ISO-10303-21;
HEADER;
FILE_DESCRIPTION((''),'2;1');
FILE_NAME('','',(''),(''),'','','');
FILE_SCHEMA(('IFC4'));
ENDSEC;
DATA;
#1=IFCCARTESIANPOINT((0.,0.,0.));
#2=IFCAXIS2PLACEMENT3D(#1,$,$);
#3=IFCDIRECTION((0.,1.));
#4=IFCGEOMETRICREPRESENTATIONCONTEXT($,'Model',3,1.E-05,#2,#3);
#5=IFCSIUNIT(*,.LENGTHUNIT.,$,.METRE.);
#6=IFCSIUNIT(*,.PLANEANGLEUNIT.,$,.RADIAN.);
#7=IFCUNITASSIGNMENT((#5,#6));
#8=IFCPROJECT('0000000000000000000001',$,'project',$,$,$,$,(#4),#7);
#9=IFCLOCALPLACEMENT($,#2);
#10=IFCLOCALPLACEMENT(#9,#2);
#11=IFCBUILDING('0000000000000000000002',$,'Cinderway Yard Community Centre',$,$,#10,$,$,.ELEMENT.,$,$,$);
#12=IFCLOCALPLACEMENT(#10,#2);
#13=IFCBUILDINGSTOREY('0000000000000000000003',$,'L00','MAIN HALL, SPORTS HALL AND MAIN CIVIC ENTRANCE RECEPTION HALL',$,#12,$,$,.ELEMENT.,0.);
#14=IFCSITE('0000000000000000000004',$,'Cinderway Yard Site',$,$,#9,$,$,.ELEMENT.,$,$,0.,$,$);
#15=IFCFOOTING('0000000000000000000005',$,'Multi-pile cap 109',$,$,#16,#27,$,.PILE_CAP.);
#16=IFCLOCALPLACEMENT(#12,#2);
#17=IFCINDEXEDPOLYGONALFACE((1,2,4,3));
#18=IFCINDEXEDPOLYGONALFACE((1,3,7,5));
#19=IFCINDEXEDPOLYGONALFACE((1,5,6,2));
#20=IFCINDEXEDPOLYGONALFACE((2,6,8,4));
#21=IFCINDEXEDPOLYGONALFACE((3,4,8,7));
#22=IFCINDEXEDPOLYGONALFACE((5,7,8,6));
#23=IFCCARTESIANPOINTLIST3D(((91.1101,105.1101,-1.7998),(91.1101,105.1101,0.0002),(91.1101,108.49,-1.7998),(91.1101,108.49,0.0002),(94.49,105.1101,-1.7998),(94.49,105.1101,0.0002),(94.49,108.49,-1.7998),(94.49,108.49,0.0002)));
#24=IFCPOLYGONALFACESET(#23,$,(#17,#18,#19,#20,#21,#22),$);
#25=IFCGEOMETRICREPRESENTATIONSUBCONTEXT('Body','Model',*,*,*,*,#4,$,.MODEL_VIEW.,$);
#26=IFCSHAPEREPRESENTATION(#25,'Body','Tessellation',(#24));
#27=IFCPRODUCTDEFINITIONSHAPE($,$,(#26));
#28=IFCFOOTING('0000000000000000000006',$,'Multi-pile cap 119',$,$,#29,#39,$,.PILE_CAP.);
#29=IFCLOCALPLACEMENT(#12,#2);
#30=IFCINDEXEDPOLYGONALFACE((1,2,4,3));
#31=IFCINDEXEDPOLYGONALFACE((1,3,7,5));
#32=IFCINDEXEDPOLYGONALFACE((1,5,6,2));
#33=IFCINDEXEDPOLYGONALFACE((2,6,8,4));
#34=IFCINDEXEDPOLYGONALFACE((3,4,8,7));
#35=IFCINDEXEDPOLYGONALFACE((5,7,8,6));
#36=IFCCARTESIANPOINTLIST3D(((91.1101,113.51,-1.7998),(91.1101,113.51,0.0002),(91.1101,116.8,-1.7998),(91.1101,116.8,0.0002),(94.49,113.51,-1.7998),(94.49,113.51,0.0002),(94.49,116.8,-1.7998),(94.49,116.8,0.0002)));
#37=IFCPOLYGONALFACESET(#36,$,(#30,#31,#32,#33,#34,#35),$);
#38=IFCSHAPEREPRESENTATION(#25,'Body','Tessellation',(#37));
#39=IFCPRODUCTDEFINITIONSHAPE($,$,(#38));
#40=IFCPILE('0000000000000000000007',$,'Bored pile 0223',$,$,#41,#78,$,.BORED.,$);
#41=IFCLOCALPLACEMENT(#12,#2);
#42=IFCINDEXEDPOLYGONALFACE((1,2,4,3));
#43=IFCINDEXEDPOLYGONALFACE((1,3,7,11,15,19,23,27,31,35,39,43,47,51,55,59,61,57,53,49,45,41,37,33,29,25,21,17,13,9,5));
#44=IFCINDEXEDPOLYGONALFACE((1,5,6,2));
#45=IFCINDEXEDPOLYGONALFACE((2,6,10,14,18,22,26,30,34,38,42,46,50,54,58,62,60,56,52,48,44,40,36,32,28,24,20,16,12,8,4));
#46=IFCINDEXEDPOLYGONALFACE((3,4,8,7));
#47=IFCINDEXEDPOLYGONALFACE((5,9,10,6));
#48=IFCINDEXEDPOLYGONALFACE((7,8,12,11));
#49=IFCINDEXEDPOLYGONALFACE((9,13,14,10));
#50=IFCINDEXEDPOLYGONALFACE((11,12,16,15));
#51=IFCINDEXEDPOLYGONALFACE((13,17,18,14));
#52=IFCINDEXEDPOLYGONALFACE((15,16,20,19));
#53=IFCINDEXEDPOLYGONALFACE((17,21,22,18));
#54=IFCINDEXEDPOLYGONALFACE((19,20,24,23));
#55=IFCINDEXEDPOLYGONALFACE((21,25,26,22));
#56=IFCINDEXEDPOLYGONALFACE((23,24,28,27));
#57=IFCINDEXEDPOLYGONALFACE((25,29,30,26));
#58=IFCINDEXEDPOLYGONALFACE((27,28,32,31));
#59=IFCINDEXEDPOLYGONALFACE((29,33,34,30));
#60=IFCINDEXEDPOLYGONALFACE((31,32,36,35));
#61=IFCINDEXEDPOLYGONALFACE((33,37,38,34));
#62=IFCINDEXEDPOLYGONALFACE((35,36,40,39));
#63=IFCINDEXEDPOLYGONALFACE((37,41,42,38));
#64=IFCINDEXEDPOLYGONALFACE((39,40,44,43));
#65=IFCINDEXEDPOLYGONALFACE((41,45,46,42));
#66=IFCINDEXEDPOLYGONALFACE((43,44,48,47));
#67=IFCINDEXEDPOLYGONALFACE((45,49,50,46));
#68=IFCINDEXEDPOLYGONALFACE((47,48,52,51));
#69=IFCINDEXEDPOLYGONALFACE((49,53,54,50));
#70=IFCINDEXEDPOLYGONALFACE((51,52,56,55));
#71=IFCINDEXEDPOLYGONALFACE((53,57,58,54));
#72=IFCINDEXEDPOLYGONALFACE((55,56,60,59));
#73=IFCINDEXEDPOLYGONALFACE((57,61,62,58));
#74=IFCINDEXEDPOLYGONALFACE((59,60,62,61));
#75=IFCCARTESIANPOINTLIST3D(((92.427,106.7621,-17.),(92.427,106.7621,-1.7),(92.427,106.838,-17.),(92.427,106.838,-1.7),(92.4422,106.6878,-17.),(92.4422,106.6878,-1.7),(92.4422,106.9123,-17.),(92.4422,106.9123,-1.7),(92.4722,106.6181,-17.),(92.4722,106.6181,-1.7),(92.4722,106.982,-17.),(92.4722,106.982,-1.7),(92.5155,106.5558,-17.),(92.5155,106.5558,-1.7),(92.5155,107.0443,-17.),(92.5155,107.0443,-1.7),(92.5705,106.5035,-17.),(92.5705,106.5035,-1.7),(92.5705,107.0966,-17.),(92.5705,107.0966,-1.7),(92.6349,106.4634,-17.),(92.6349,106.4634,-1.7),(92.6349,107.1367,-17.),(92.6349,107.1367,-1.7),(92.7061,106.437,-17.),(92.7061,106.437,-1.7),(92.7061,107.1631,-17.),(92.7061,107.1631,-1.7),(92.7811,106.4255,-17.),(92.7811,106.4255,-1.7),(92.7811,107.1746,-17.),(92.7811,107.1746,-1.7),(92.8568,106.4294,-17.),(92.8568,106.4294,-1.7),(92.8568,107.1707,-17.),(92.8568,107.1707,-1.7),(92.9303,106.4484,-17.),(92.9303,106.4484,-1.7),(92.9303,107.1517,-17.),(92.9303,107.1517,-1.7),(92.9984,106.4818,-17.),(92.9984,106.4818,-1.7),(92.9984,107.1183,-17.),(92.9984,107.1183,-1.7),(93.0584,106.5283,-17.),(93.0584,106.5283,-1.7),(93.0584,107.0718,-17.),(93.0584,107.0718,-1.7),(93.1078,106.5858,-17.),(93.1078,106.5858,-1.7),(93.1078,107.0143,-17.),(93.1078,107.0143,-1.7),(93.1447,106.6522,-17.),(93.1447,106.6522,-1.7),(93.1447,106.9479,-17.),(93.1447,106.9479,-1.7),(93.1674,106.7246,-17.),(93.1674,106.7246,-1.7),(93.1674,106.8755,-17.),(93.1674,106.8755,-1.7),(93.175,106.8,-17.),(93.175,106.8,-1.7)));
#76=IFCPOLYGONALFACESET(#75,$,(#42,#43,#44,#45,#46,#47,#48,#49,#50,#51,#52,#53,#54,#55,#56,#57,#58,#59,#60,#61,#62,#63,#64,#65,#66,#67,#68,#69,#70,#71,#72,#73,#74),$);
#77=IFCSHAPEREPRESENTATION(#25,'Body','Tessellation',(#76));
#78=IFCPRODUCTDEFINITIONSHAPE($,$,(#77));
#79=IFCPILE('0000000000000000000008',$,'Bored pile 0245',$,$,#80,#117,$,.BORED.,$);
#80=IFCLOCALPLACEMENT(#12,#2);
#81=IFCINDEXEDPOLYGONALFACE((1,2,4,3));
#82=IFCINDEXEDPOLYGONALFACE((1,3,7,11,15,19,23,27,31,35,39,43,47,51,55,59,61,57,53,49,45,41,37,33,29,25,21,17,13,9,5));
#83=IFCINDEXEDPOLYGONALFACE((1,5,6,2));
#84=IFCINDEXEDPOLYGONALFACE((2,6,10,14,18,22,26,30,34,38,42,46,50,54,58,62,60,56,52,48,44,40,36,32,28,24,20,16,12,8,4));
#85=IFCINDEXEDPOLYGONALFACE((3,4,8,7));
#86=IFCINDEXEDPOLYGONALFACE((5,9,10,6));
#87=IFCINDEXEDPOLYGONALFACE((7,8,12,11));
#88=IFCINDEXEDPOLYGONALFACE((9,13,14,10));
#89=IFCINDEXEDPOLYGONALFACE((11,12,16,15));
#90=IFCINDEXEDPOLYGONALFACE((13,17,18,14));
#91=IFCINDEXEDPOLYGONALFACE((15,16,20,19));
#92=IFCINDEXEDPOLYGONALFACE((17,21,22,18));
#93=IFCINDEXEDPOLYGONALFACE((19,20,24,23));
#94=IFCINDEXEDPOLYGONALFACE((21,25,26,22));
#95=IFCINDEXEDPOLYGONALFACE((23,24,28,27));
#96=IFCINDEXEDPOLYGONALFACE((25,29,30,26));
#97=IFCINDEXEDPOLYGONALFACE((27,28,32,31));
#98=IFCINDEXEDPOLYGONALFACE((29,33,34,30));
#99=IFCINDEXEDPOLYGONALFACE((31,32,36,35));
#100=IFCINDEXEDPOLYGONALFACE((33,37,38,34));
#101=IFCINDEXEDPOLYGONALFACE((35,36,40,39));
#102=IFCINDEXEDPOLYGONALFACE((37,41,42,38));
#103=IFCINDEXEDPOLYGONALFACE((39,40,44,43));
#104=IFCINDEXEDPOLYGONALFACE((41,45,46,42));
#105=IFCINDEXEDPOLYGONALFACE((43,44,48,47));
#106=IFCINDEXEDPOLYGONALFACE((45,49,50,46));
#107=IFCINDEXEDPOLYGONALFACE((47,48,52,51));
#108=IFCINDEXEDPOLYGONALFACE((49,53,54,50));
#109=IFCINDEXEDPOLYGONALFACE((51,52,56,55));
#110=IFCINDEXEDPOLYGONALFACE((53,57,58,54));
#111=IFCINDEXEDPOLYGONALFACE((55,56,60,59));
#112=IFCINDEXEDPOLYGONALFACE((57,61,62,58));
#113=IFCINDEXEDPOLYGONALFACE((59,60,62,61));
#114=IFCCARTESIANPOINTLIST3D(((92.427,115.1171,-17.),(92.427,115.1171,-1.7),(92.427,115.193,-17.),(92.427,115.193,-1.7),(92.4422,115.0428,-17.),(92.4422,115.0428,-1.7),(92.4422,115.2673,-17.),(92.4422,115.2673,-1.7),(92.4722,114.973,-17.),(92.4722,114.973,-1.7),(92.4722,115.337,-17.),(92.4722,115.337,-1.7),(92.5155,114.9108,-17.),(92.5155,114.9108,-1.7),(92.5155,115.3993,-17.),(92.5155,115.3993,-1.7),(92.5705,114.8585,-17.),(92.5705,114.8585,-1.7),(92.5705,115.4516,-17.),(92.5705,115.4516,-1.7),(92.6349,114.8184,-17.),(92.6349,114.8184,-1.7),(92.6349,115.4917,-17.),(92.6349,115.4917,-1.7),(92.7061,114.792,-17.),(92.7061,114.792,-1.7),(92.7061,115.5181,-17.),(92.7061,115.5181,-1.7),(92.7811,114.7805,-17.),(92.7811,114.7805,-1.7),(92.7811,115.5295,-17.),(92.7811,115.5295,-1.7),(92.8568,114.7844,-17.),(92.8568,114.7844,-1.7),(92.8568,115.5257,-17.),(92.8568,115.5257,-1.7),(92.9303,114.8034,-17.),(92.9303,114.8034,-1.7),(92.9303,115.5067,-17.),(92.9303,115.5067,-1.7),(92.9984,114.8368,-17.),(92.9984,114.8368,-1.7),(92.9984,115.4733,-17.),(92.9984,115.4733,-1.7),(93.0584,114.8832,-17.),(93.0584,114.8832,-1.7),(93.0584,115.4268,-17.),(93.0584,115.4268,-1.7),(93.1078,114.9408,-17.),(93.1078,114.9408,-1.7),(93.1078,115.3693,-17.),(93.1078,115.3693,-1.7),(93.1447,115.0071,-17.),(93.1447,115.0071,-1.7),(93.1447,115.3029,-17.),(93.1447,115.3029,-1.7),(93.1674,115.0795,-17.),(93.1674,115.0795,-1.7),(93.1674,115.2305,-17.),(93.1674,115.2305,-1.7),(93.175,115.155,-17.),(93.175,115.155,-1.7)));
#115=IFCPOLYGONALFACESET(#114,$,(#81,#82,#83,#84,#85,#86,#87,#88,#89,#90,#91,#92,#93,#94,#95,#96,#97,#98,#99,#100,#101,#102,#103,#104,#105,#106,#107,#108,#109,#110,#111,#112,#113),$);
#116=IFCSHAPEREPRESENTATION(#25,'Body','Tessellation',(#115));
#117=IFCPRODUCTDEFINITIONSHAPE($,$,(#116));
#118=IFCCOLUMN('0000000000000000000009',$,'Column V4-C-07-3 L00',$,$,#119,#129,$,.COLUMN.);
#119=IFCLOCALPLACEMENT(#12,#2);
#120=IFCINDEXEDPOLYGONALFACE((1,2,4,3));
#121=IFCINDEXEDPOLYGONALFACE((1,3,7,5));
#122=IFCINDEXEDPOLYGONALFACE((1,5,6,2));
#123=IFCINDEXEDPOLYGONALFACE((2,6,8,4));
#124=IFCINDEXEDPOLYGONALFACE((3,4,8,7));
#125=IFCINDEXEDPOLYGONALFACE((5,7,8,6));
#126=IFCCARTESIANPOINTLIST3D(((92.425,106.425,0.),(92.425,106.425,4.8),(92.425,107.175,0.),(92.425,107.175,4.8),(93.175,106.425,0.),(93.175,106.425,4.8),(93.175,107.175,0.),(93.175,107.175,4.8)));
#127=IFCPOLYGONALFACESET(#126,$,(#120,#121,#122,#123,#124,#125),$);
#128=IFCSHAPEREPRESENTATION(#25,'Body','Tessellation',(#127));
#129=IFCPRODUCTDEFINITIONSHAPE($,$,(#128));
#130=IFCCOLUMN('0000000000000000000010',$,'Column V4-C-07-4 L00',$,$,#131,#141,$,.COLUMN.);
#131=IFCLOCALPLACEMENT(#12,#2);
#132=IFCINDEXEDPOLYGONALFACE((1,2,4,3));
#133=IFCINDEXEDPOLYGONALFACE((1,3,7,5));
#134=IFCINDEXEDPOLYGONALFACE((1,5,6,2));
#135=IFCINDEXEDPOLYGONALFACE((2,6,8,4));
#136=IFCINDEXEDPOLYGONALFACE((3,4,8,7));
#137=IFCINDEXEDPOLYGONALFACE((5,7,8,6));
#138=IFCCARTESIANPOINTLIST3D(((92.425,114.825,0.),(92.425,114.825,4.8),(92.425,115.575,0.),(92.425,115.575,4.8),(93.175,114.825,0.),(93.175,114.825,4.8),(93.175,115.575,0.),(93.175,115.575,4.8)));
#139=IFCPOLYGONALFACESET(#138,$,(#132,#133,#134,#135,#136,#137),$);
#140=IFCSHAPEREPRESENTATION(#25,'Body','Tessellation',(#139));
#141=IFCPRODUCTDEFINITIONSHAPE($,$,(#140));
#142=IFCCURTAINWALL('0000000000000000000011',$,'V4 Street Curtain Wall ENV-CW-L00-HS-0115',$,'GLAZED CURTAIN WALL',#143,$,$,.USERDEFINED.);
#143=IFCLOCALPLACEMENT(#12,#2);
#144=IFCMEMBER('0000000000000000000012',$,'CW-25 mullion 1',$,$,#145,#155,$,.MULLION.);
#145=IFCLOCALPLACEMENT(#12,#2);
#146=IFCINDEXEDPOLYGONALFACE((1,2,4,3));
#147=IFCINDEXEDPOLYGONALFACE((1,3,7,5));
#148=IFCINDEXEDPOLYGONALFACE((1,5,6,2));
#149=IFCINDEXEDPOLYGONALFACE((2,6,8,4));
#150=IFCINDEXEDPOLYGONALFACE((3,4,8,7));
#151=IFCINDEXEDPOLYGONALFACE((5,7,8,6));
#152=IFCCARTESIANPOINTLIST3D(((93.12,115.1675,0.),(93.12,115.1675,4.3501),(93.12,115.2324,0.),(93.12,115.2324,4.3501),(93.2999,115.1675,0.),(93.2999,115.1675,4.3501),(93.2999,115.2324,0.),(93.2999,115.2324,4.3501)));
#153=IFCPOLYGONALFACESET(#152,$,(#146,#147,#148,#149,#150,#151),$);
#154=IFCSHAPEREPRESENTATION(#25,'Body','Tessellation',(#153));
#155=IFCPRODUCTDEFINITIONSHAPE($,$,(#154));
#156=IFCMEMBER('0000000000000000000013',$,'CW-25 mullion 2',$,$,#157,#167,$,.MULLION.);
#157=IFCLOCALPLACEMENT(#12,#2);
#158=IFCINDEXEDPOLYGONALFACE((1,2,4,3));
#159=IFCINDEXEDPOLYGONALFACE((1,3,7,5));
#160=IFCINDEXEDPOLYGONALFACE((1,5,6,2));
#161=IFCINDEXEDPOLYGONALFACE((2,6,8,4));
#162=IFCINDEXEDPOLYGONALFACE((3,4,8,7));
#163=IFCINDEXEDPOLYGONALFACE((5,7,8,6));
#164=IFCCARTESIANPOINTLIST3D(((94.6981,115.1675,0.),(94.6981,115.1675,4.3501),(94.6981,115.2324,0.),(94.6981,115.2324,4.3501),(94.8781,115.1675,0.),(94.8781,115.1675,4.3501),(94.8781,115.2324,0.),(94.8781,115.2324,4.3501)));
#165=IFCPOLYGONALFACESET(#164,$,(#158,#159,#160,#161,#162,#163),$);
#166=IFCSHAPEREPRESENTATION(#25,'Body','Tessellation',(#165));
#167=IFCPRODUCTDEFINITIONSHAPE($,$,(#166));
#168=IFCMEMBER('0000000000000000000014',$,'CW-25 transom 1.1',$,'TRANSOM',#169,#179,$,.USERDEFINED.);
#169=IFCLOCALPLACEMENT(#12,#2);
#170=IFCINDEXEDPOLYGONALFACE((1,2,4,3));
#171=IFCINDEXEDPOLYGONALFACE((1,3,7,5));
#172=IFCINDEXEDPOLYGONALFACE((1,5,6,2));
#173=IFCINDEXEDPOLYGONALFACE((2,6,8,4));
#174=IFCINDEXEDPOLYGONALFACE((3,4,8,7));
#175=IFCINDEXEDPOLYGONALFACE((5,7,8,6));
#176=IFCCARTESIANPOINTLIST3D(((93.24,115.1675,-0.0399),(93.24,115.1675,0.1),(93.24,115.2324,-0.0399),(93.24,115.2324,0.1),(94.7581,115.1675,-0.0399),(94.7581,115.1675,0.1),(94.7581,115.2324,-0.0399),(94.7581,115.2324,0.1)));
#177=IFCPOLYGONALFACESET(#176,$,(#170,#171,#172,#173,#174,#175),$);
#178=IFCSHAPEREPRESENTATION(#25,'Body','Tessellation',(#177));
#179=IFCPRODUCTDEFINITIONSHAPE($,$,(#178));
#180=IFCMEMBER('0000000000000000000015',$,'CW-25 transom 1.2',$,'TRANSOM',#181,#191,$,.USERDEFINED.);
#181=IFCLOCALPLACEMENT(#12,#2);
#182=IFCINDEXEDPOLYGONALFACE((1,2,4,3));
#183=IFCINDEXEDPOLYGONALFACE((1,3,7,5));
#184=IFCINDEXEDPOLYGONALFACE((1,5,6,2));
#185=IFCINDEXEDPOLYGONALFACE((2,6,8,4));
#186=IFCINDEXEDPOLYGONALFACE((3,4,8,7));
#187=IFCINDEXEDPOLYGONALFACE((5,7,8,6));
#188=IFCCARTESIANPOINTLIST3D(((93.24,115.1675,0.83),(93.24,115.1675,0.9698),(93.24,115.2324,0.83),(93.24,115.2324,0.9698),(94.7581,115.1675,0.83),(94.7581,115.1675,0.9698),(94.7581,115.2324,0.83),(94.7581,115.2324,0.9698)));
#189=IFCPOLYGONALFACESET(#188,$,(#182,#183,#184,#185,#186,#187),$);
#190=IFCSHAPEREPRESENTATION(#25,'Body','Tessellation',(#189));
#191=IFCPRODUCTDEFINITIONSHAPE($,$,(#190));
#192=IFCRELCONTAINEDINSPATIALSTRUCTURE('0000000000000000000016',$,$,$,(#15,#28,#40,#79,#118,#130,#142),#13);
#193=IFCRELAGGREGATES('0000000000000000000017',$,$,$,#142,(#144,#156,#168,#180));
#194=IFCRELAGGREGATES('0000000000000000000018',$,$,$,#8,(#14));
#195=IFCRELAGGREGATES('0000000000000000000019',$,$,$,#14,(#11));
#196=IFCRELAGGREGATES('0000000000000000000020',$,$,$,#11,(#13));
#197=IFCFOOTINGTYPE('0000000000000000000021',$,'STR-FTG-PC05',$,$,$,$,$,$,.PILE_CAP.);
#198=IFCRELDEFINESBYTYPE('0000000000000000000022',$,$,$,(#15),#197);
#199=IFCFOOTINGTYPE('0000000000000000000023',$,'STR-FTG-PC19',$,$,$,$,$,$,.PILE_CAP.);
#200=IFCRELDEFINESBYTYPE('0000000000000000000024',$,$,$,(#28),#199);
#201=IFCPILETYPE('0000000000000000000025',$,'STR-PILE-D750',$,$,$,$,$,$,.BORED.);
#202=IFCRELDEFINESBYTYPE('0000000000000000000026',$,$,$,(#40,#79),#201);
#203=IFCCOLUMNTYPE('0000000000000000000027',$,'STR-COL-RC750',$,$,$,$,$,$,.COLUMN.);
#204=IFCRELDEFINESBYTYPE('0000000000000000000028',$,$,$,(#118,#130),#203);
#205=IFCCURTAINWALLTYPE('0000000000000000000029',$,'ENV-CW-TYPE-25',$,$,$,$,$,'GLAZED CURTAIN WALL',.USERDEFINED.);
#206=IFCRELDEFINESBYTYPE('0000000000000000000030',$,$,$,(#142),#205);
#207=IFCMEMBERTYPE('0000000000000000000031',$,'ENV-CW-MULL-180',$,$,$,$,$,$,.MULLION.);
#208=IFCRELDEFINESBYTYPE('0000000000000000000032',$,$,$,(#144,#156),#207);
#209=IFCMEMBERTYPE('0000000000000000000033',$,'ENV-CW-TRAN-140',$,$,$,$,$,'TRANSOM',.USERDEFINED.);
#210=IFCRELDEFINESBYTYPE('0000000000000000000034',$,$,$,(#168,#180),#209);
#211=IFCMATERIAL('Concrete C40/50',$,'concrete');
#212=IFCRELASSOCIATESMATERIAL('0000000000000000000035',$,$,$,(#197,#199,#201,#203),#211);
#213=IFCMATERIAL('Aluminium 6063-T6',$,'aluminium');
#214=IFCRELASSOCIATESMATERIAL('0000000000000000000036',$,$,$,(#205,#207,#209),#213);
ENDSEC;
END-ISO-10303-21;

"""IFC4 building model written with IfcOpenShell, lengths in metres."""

from ifc_helpers import new_model, si_unit, direction, frame, origin, origin_2d, place, context, subcontext, project, spatial, rectangle, circle, extrude, material, material_profile, profile_set, type_object, element, aggregate, save


model = new_model("IFC4")

# Units and contexts
model_context = context("Model", 3, precision=1e-05, world=origin(), true_north=direction((0.0, 1.0)))
body_context = subcontext(model_context, "Body", "Model", "MODEL_VIEW")
ifc_project = project(units=[si_unit("LENGTHUNIT", "METRE"), si_unit("PLANEANGLEUNIT", "RADIAN")], contexts=[model_context])

# Site, building, storey
site_placement = place(None, origin())
site = spatial("IfcSite", under=ifc_project, at=site_placement, Name="Cinderway Yard Site", CompositionType="ELEMENT", RefElevation=0.0)
building_placement = place(site_placement, origin())
building = spatial("IfcBuilding", under=site, at=building_placement, Name="Cinderway Yard Community Centre", CompositionType="ELEMENT")
storey_placement = place(building_placement, origin())
storey = spatial("IfcBuildingStorey", under=building, at=storey_placement, Name="L00", Description="MAIN HALL, SPORTS HALL AND MAIN CIVIC ENTRANCE RECEPTION HALL", CompositionType="ELEMENT", Elevation=0.0)

# Footings
ifc_material_1 = material(Name="Concrete C40/50", Category="concrete")
footing_type_1 = type_object("IfcFootingType", Name="STR-FTG-PC05", PredefinedType="PILE_CAP", material=ifc_material_1)
footing_1_placement = place(storey_placement, frame((92.8, 106.8, -1.7998), z_axis=(0.0, 0.0, 1.0), x_axis=(1.0, 0.0, 0.0)))
element("IfcFooting", 1, at=footing_1_placement, inside=storey, type_object=footing_type_1, Name="Multi-pile cap 109", PredefinedType="PILE_CAP", context=body_context, shape_type="SweptSolid", body=[
    extrude(rectangle(XDim=3.3799, YDim=3.3799, at=origin_2d()), origin(), (0.0, 0.0, 1.0), 1.8),
])
footing_type_2 = type_object("IfcFootingType", Name="STR-FTG-PC19", PredefinedType="PILE_CAP", material=ifc_material_1)
footing_2_placement = place(storey_placement, frame((92.8, 115.155, -1.7998), z_axis=(0.0, 0.0, 1.0), x_axis=(1.0, 0.0, 0.0)))
element("IfcFooting", 2, at=footing_2_placement, inside=storey, type_object=footing_type_2, Name="Multi-pile cap 119", PredefinedType="PILE_CAP", context=body_context, shape_type="SweptSolid", body=[
    extrude(rectangle(XDim=3.3799, YDim=3.29, at=origin_2d()), origin(), (0.0, 0.0, 1.0), 1.8),
])

# Piles
ifc_material_profile_1 = material_profile(ifc_material_1, circle(Radius=0.375, at=origin_2d()), Name="Concrete C40/50")
ifc_profile_set_1 = profile_set([ifc_material_profile_1], Name="Concrete C40/50")
pile_type = type_object("IfcPileType", Name="STR-PILE-D750", PredefinedType="BORED", material=ifc_profile_set_1)
for number, where, z_axis, x_axis, name in (
    (3, (92.8, 106.8, -1.7), (0.0, 0.0, -1.0), (1.0, 0.0, 0.0), "Bored pile 0223"),
    (4, (92.8, 115.155, -1.7), (0.0, 0.0, -1.0), (1.0, 0.0, 0.0), "Bored pile 0245"),
):
    element("IfcPile", number, at=place(storey_placement, frame(where, z_axis=z_axis, x_axis=x_axis)), inside=storey, type_object=pile_type, Name=name, PredefinedType="BORED", context=body_context, shape_type="SweptSolid", body=[
        extrude(circle(Radius=0.375, at=origin_2d()), origin(), (0.0, 0.0, 1.0), 15.3),
    ])

# Columns
ifc_material_profile_2 = material_profile(ifc_material_1, rectangle(XDim=0.75, YDim=0.75, at=origin_2d()), Name="Concrete C40/50")
ifc_profile_set_2 = profile_set([ifc_material_profile_2], Name="Concrete C40/50")
column_type = type_object("IfcColumnType", Name="STR-COL-RC750", PredefinedType="COLUMN", material=ifc_profile_set_2)
for number, where, z_axis, x_axis, name in (
    (5, (92.8, 106.8, 0.0), (0.0, 0.0, 1.0), (1.0, 0.0, 0.0), "Column V4-C-07-3 L00"),
    (6, (92.8, 115.2, 0.0), (0.0, 0.0, 1.0), (1.0, 0.0, 0.0), "Column V4-C-07-4 L00"),
):
    element("IfcColumn", number, at=place(storey_placement, frame(where, z_axis=z_axis, x_axis=x_axis)), inside=storey, type_object=column_type, Name=name, PredefinedType="COLUMN", context=body_context, shape_type="SweptSolid", body=[
        extrude(rectangle(XDim=0.75, YDim=0.75, at=origin_2d()), origin(), (0.0, 0.0, 1.0), 4.8),
    ])

# Curtain wall, members
ifc_material_2 = material(Name="Aluminium 6063-T6", Category="aluminium")
curtain_wall_type = type_object("IfcCurtainWallType", Name="ENV-CW-TYPE-25", ElementType="GLAZED CURTAIN WALL", PredefinedType="USERDEFINED", material=ifc_material_2)
curtain_wall_placement = place(storey_placement, origin())
curtain_wall = element("IfcCurtainWall", 7, at=curtain_wall_placement, inside=storey, type_object=curtain_wall_type, Name="V4 Street Curtain Wall ENV-CW-L00-HS-0115", ObjectType="GLAZED CURTAIN WALL", PredefinedType="USERDEFINED")
ifc_material_profile_3 = material_profile(ifc_material_2, rectangle(XDim=0.0649, YDim=0.1799, at=origin_2d()), Name="Aluminium 6063-T6")
ifc_profile_set_3 = profile_set([ifc_material_profile_3], Name="Aluminium 6063-T6")
member_type_1 = type_object("IfcMemberType", Name="ENV-CW-MULL-180", PredefinedType="MULLION", material=ifc_profile_set_3)
member_1_placement = place(storey_placement, frame((93.21, 115.2, 0.0), z_axis=(0.0, 0.0, 1.0), x_axis=(0.0, 1.0, 0.0)))
member_1 = element("IfcMember", 8, at=member_1_placement, type_object=member_type_1, Name="CW-25 mullion 1", PredefinedType="MULLION", context=body_context, shape_type="SweptSolid", body=[
    extrude(rectangle(XDim=0.0649, YDim=0.1799, at=origin_2d()), origin(), (0.0, 0.0, 1.0), 4.3501),
])
member_2_placement = place(storey_placement, frame((94.7881, 115.2, 0.0), z_axis=(0.0, 0.0, 1.0), x_axis=(0.0, 1.0, 0.0)))
member_2 = element("IfcMember", 9, at=member_2_placement, type_object=member_type_1, Name="CW-25 mullion 2", PredefinedType="MULLION", context=body_context, shape_type="SweptSolid", body=[
    extrude(rectangle(XDim=0.0649, YDim=0.1799, at=origin_2d()), origin(), (0.0, 0.0, 1.0), 4.3501),
])
ifc_material_profile_4 = material_profile(ifc_material_2, rectangle(XDim=0.0649, YDim=0.1399, at=origin_2d()), Name="Aluminium 6063-T6")
ifc_profile_set_4 = profile_set([ifc_material_profile_4], Name="Aluminium 6063-T6")
member_type_2 = type_object("IfcMemberType", Name="ENV-CW-TRAN-140", ElementType="TRANSOM", PredefinedType="USERDEFINED", material=ifc_profile_set_4)
member_3_placement = place(storey_placement, frame((93.24, 115.2, 0.03), z_axis=(1.0, 0.0, 0.0), x_axis=(0.0, 1.0, 0.0)))
member_3 = element("IfcMember", 10, at=member_3_placement, type_object=member_type_2, Name="CW-25 transom 1.1", ObjectType="TRANSOM", PredefinedType="USERDEFINED", context=body_context, shape_type="SweptSolid", body=[
    extrude(rectangle(XDim=0.0649, YDim=0.1399, at=origin_2d()), origin(), (0.0, 0.0, 1.0), 1.5181),
])
member_4_placement = place(storey_placement, frame((93.24, 115.2, 0.8999), z_axis=(1.0, 0.0, 0.0), x_axis=(0.0, 1.0, 0.0)))
member_4 = element("IfcMember", 11, at=member_4_placement, type_object=member_type_2, Name="CW-25 transom 1.2", ObjectType="TRANSOM", PredefinedType="USERDEFINED", context=body_context, shape_type="SweptSolid", body=[
    extrude(rectangle(XDim=0.0649, YDim=0.1399, at=origin_2d()), origin(), (0.0, 0.0, 1.0), 1.5181),
])
aggregate(curtain_wall, [member_1, member_2, member_3, member_4])

save(model, "model.ifc")
